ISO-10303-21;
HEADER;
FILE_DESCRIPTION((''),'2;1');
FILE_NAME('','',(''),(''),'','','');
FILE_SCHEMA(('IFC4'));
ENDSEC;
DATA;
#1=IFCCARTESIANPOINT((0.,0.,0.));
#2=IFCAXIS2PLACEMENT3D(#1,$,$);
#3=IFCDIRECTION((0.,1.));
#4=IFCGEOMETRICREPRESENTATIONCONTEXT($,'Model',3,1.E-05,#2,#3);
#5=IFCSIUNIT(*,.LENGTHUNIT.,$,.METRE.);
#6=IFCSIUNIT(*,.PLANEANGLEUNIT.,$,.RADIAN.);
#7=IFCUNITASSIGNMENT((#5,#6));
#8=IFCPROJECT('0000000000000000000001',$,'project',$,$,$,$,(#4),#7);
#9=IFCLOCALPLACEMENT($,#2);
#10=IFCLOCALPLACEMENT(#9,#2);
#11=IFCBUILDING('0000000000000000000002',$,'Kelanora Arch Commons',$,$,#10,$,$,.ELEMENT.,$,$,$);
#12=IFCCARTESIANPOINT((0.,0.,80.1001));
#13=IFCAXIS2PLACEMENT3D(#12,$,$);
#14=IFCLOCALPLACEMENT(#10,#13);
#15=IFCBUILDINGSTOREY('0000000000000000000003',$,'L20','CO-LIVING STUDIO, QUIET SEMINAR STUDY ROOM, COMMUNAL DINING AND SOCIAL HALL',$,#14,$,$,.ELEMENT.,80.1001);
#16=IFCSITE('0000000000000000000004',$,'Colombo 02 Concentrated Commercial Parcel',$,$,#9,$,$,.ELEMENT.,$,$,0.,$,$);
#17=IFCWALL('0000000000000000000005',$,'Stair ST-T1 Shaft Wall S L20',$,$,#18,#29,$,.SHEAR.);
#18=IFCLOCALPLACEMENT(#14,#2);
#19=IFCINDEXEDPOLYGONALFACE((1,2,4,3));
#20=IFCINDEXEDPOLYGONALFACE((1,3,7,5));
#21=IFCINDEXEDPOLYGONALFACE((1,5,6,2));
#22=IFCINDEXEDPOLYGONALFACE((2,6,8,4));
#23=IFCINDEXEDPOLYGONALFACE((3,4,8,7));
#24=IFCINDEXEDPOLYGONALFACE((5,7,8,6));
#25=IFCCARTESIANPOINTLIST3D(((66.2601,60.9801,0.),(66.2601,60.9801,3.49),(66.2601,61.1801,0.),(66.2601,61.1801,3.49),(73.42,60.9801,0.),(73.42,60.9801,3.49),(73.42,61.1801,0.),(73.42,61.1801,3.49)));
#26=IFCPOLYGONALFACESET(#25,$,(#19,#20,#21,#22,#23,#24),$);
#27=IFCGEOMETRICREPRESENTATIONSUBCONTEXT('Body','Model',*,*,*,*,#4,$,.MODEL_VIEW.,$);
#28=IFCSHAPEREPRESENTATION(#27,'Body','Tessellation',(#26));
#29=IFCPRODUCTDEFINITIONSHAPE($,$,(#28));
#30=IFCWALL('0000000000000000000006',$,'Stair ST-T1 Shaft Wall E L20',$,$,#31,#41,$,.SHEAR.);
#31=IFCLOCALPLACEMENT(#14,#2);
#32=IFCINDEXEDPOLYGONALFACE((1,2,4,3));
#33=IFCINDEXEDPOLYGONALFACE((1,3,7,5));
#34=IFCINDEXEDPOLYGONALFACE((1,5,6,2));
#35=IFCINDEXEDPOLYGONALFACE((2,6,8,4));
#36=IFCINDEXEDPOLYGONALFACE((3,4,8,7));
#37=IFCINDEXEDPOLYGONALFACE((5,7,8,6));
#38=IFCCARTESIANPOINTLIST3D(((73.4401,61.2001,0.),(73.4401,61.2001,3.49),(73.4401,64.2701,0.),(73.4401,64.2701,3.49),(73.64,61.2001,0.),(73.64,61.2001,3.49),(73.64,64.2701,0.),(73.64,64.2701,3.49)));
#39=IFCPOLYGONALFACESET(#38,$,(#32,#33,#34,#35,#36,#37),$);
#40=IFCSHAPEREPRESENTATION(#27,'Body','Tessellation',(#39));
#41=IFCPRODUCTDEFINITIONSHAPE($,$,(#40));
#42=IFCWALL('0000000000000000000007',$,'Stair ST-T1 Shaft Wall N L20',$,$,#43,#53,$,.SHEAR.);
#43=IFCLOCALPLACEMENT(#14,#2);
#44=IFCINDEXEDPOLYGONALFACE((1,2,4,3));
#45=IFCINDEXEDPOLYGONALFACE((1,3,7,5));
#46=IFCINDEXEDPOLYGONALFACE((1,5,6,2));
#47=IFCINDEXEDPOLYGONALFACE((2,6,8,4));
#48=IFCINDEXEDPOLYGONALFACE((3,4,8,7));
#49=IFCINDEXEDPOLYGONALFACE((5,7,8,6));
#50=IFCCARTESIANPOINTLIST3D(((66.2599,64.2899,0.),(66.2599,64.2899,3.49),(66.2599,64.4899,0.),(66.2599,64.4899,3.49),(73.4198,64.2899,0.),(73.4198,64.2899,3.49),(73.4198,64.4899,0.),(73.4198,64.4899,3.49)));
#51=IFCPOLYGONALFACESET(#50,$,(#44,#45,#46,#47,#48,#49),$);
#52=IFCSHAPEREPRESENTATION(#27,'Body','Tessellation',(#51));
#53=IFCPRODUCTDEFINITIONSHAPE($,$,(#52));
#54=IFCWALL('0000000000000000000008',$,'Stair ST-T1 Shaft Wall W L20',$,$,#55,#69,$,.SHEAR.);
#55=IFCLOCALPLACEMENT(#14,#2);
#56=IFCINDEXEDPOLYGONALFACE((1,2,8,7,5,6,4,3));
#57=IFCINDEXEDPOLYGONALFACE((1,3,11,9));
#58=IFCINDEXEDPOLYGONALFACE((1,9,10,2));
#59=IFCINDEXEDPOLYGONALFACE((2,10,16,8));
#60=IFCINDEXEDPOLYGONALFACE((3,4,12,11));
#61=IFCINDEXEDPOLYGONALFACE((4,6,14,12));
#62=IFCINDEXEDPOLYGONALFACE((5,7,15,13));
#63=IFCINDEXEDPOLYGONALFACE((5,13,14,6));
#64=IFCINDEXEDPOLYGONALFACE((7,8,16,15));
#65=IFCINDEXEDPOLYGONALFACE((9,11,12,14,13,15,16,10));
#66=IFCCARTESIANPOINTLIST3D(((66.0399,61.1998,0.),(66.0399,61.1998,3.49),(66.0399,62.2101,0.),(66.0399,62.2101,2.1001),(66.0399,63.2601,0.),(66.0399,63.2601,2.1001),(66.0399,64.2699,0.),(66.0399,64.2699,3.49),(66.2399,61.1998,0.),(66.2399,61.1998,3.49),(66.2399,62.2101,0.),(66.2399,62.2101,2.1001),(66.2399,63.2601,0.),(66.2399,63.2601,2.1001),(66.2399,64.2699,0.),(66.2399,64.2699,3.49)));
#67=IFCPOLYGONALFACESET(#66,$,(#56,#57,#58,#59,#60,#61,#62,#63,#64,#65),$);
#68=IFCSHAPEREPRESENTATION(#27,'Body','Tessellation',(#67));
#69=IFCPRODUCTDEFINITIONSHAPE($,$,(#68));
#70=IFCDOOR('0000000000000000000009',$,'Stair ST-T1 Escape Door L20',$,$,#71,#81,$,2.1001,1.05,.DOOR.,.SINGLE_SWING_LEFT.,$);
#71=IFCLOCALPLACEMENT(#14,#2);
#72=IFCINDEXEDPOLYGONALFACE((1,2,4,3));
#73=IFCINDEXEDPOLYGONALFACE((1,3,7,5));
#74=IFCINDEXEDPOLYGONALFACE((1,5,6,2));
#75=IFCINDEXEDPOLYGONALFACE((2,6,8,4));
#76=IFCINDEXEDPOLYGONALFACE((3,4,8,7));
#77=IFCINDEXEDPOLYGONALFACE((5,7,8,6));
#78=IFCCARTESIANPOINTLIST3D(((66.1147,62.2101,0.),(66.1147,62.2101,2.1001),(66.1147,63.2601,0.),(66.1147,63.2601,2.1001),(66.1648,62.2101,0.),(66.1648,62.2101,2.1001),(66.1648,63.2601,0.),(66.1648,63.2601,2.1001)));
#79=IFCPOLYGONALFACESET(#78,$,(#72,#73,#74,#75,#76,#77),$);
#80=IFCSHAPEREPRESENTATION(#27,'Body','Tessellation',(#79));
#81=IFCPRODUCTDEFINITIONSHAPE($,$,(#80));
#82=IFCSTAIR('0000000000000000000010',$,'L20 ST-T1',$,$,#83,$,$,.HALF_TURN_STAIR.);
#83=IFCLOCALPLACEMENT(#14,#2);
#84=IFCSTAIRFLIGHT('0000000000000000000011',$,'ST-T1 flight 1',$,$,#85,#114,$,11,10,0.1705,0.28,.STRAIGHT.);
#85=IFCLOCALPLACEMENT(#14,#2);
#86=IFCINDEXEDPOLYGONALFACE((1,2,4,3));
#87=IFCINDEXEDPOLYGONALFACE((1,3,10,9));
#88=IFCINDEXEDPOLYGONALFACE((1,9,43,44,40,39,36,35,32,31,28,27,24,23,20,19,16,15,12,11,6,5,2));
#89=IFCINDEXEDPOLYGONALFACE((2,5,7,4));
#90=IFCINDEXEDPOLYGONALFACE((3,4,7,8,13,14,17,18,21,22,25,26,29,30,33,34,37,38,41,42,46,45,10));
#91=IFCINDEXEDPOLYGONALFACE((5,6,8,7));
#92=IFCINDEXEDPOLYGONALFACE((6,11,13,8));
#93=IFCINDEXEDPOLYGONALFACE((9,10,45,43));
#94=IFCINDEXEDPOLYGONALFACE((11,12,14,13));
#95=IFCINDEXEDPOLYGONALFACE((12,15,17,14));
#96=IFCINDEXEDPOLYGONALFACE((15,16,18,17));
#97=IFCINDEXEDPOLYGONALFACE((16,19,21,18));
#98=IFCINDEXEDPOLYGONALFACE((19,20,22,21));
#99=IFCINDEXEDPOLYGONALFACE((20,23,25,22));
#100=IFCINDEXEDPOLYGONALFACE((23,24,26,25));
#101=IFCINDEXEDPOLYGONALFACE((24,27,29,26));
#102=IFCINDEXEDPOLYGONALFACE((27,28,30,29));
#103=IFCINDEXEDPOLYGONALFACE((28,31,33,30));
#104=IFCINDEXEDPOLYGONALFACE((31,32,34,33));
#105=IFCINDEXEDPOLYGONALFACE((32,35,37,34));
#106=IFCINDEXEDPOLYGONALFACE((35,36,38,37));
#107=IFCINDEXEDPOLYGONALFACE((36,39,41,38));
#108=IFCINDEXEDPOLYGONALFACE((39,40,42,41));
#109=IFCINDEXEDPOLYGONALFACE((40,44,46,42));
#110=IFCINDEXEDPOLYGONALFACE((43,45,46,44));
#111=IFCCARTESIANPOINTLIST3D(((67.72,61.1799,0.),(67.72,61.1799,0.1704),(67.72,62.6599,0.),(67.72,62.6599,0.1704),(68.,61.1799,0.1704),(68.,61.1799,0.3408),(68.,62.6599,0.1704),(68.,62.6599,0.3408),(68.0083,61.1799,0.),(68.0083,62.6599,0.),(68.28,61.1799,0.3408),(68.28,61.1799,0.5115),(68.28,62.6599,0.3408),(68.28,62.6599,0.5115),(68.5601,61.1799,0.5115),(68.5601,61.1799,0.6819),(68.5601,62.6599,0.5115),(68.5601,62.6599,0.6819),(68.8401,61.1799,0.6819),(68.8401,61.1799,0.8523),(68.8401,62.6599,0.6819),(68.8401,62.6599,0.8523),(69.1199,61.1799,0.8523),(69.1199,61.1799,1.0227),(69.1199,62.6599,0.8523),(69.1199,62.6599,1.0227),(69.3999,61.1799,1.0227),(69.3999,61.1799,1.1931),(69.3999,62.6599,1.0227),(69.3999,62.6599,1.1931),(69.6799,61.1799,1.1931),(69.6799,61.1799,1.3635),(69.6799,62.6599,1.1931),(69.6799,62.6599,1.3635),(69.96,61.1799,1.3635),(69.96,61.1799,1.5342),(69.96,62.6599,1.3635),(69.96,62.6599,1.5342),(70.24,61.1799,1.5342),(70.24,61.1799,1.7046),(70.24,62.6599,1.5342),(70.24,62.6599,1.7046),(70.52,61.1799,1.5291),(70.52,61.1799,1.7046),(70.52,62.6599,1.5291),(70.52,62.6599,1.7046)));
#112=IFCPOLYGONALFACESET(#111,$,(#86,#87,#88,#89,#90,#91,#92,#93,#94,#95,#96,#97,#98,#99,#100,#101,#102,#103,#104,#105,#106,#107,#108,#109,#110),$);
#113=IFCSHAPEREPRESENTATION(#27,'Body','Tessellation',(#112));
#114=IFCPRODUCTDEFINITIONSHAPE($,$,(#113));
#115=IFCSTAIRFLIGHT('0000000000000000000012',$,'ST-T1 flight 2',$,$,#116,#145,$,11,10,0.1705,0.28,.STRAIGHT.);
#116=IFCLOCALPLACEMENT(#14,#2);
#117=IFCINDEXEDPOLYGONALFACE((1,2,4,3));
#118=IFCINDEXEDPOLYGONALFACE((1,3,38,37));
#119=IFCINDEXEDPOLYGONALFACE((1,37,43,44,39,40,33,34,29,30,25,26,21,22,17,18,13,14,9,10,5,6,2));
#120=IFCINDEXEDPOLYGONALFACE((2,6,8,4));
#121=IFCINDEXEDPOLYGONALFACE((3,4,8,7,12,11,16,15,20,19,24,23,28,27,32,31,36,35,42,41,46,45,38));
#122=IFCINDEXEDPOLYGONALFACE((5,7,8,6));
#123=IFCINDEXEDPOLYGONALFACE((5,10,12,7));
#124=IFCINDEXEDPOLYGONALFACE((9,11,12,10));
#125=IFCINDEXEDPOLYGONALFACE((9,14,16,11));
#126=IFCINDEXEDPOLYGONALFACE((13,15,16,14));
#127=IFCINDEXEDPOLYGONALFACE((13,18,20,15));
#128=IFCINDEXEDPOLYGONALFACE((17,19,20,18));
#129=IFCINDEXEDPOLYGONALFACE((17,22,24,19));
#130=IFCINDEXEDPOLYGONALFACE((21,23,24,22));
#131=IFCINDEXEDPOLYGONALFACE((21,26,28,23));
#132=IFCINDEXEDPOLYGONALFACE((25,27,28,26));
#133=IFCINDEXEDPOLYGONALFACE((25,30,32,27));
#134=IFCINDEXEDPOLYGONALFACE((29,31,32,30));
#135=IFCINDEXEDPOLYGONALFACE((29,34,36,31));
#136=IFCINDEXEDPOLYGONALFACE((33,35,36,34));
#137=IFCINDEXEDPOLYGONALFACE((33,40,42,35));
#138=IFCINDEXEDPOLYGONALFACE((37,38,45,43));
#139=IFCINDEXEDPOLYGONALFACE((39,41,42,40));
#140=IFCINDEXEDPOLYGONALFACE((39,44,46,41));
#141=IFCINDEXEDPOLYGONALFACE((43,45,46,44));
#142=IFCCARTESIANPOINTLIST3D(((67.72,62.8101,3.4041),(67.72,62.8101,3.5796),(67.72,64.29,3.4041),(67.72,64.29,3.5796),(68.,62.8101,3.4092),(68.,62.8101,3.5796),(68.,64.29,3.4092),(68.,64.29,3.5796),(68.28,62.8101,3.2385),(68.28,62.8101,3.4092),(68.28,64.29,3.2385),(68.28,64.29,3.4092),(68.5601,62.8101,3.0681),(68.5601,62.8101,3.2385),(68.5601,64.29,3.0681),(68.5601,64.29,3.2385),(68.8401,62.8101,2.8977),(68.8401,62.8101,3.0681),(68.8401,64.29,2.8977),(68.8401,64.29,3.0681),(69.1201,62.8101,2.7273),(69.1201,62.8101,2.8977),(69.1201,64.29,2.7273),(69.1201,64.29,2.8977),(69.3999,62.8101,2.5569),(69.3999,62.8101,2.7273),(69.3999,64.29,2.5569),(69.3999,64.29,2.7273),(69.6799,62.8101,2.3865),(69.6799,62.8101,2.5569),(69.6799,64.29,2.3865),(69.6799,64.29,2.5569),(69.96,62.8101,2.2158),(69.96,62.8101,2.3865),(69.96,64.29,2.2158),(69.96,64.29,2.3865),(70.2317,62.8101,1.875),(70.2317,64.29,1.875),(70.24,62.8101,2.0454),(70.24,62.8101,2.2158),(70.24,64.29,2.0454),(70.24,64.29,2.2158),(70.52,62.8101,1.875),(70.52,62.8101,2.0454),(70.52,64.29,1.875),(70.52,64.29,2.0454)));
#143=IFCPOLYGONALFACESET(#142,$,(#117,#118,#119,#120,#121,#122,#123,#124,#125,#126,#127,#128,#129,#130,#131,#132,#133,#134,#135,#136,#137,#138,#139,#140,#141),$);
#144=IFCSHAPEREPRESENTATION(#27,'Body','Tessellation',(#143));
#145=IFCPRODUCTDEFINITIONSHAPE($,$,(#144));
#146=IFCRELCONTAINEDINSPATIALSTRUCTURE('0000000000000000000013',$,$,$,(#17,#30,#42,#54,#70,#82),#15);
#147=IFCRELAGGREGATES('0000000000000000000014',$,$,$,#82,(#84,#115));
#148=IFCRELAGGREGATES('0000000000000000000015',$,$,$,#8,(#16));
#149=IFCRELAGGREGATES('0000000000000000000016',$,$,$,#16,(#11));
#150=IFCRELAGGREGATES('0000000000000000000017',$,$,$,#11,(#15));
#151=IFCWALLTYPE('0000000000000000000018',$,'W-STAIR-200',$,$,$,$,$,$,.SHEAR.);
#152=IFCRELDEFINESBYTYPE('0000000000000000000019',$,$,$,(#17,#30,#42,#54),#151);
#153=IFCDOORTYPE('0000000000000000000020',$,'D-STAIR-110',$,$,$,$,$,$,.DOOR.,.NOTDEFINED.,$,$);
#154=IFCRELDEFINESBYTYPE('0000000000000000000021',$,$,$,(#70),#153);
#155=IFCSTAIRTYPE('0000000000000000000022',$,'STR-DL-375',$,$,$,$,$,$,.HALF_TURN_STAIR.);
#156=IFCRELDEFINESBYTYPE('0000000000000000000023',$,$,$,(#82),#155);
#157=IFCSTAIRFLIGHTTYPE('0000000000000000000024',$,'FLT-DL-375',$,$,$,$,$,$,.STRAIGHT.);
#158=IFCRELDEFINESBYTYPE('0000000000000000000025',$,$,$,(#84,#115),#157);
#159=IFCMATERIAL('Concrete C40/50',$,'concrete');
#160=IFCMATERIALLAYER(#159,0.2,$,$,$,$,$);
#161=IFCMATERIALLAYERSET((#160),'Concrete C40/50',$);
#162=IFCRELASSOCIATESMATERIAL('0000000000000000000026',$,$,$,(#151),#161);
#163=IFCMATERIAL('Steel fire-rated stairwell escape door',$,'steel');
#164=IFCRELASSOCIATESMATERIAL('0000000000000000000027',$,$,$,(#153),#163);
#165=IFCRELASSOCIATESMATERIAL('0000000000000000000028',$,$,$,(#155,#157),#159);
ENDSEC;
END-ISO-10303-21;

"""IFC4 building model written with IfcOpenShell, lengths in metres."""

from ifc_helpers import new_model, si_unit, direction, frame, frame_2d, origin, place, context, subcontext, project, spatial, polyline, rectangle, outline, extrude, material, layer, layer_set, type_object, element, fill, aggregate, save


model = new_model("IFC4")

# Units and contexts
model_context = context("Model", 3, precision=1e-05, world=origin(), true_north=direction((0.0, 1.0)))
body_context = subcontext(model_context, "Body", "Model", "MODEL_VIEW")
ifc_project = project(units=[si_unit("LENGTHUNIT", "METRE"), si_unit("PLANEANGLEUNIT", "RADIAN")], contexts=[model_context])

# Site, building, storey
site_placement = place(None, origin())
site = spatial("IfcSite", under=ifc_project, at=site_placement, Name="Colombo 02 Concentrated Commercial Parcel", CompositionType="ELEMENT", RefElevation=0.0)
building_placement = place(site_placement, origin())
building = spatial("IfcBuilding", under=site, at=building_placement, Name="Kelanora Arch Commons", CompositionType="ELEMENT")
storey_placement = place(building_placement, frame((0.0, 0.0, 80.1001)))
storey = spatial("IfcBuildingStorey", under=building, at=storey_placement, Name="L20", Description="CO-LIVING STUDIO, QUIET SEMINAR STUDY ROOM, COMMUNAL DINING AND SOCIAL HALL", CompositionType="ELEMENT", Elevation=80.1001)

# Shared definitions
ifc_material_1 = material(Name="Concrete C40/50", Category="concrete")

# Walls
ifc_layer_1 = layer(ifc_material_1, 0.2)
ifc_layer_set_1 = layer_set([ifc_layer_1], Name="Concrete C40/50")
wall_type_1 = type_object("IfcWallType", Name="W-STAIR-200", PredefinedType="SHEAR", material=ifc_layer_set_1)
wall_1_placement = place(storey_placement, frame((66.26, 61.0801, 0.0), z_axis=(0.0, 0.0, 1.0), x_axis=(1.0, 0.0, 0.0)))
element("IfcWall", 1, at=wall_1_placement, inside=storey, type_object=wall_type_1, Name="Stair ST-T1 Shaft Wall S L20", PredefinedType="SHEAR", context=body_context, shape_type="SweptSolid", body=[
    extrude(rectangle(XDim=7.1599, YDim=0.2, at=frame_2d((3.5801, 0.0))), origin(), (0.0, 0.0, 1.0), 3.49),
])
wall_2_placement = place(storey_placement, frame((73.54, 61.2, 0.0), z_axis=(0.0, 0.0, 1.0), x_axis=(0.0, 1.0, 0.0)))
element("IfcWall", 2, at=wall_2_placement, inside=storey, type_object=wall_type_1, Name="Stair ST-T1 Shaft Wall E L20", PredefinedType="SHEAR", context=body_context, shape_type="SweptSolid", body=[
    extrude(rectangle(XDim=3.0701, YDim=0.2, at=frame_2d((1.5352, 0.0))), origin(), (0.0, 0.0, 1.0), 3.49),
])
wall_3_placement = place(storey_placement, frame((73.4199, 64.3899, 0.0), z_axis=(0.0, 0.0, 1.0), x_axis=(-1.0, 0.0, 0.0)))
element("IfcWall", 3, at=wall_3_placement, inside=storey, type_object=wall_type_1, Name="Stair ST-T1 Shaft Wall N L20", PredefinedType="SHEAR", context=body_context, shape_type="SweptSolid", body=[
    extrude(rectangle(XDim=7.1599, YDim=0.2, at=frame_2d((3.5801, 0.0))), origin(), (0.0, 0.0, 1.0), 3.49),
])

# Wall, opening, door
wall_4_placement = place(storey_placement, frame((66.1399, 64.27, 0.0), z_axis=(0.0, 0.0, 1.0), x_axis=(0.0, -1.0, 0.0)))
wall_4 = element("IfcWall", 4, at=wall_4_placement, inside=storey, type_object=wall_type_1, Name="Stair ST-T1 Shaft Wall W L20", PredefinedType="SHEAR", context=body_context, shape_type="SweptSolid", body=[
    extrude(rectangle(XDim=3.0701, YDim=0.2, at=frame_2d((1.5352, 0.0))), origin(), (0.0, 0.0, 1.0), 3.49),
])
opening_1_placement = place(wall_4_placement, frame((1.01, 0.0, 0.0)))
opening_1 = element("IfcOpeningElement", 5, at=opening_1_placement, cuts=wall_4, PredefinedType="OPENING", context=body_context, shape_type="SweptSolid", body=[
    extrude(rectangle(XDim=1.05, YDim=2.1001, at=frame_2d((0.5249, 1.05))), frame((0.0, 0.1099, 0.0), z_axis=(0.0, -1.0, 0.0), x_axis=(1.0, 0.0, 0.0)), (0.0, 0.0, 1.0), 0.22),
])
ifc_material_2 = material(Name="Steel fire-rated stairwell escape door", Category="steel")
door_type_1 = type_object("IfcDoorType", Name="D-STAIR-110", OperationType="NOTDEFINED", PredefinedType="DOOR", material=ifc_material_2)
door_1_placement = place(opening_1_placement, origin())
door_1 = element("IfcDoor", 6, at=door_1_placement, inside=storey, type_object=door_type_1, Name="Stair ST-T1 Escape Door L20", OperationType="SINGLE_SWING_LEFT", OverallHeight=2.1001, OverallWidth=1.05, PredefinedType="DOOR", context=body_context, shape_type="SweptSolid", body=[
    extrude(rectangle(XDim=1.05, YDim=2.1001, at=frame_2d((0.5249, 1.05))), frame((0.0, 0.0249, 0.0), z_axis=(0.0, -1.0, 0.0), x_axis=(1.0, 0.0, 0.0)), (0.0, 0.0, 1.0), 0.05),
])
fill(opening_1, door_1)

# Stair, stair flights
stair_type = type_object("IfcStairType", Name="STR-DL-375", PredefinedType="HALF_TURN_STAIR", material=ifc_material_1)
stair_placement = place(storey_placement, origin())
stair = element("IfcStair", 7, at=stair_placement, inside=storey, type_object=stair_type, Name="L20 ST-T1", PredefinedType="HALF_TURN_STAIR")
stair_flight_type = type_object("IfcStairFlightType", Name="FLT-DL-375", PredefinedType="STRAIGHT", material=ifc_material_1)
stair_flight_1_placement = place(storey_placement, frame((67.72, 61.9199, 0.0), z_axis=(0.0, 0.0, 1.0), x_axis=(1.0, 0.0, 0.0)))
stair_flight_1 = element("IfcStairFlight", 8, at=stair_flight_1_placement, type_object=stair_flight_type, Name="ST-T1 flight 1", NumberOfRisers=11, NumberOfTreads=10, PredefinedType="STRAIGHT", RiserHeight=0.1705, TreadLength=0.28, context=body_context, shape_type="SweptSolid", body=[
    extrude(outline(polyline([(0.0, 0.0), (0.0, 0.1704), (0.28, 0.1704), (0.28, 0.3408), (0.5601, 0.3408), (0.5601, 0.5115), (0.8401, 0.5115), (0.8401, 0.6819), (1.1201, 0.6819), (1.1201, 0.8523), (1.3999, 0.8523), (1.3999, 1.0227), (1.6799, 1.0227), (1.6799, 1.1931), (1.96, 1.1931), (1.96, 1.3635), (2.24, 1.3635), (2.24, 1.5342), (2.52, 1.5342), (2.52, 1.7046), (2.8, 1.7046), (2.8, 1.875), (2.8, 1.5291), (0.2883, 0.0), (0.0, 0.0)])), frame((0.0, 0.74, 0.0), z_axis=(0.0, -1.0, 0.0), x_axis=(1.0, 0.0, 0.0)), (0.0, 0.0, 1.0), 1.48),
])
stair_flight_2_placement = place(storey_placement, frame((70.52, 63.55, 1.875), z_axis=(0.0, 0.0, 1.0), x_axis=(-1.0, 0.0, 0.0)))
stair_flight_2 = element("IfcStairFlight", 9, at=stair_flight_2_placement, type_object=stair_flight_type, Name="ST-T1 flight 2", NumberOfRisers=11, NumberOfTreads=10, PredefinedType="STRAIGHT", RiserHeight=0.1705, TreadLength=0.28, context=body_context, shape_type="SweptSolid", body=[
    extrude(outline(polyline([(0.0, 0.0), (0.0, 0.1704), (0.28, 0.1704), (0.28, 0.3408), (0.5601, 0.3408), (0.5601, 0.5115), (0.8401, 0.5115), (0.8401, 0.6819), (1.1201, 0.6819), (1.1201, 0.8523), (1.3999, 0.8523), (1.3999, 1.0227), (1.6799, 1.0227), (1.6799, 1.1931), (1.96, 1.1931), (1.96, 1.3635), (2.24, 1.3635), (2.24, 1.5342), (2.52, 1.5342), (2.52, 1.7046), (2.8, 1.7046), (2.8, 1.875), (2.8, 1.5291), (0.2883, 0.0), (0.0, 0.0)])), frame((0.0, 0.74, 0.0), z_axis=(0.0, -1.0, 0.0), x_axis=(1.0, 0.0, 0.0)), (0.0, 0.0, 1.0), 1.48),
])
aggregate(stair, [stair_flight_1, stair_flight_2])

save(model, "model.ifc")
